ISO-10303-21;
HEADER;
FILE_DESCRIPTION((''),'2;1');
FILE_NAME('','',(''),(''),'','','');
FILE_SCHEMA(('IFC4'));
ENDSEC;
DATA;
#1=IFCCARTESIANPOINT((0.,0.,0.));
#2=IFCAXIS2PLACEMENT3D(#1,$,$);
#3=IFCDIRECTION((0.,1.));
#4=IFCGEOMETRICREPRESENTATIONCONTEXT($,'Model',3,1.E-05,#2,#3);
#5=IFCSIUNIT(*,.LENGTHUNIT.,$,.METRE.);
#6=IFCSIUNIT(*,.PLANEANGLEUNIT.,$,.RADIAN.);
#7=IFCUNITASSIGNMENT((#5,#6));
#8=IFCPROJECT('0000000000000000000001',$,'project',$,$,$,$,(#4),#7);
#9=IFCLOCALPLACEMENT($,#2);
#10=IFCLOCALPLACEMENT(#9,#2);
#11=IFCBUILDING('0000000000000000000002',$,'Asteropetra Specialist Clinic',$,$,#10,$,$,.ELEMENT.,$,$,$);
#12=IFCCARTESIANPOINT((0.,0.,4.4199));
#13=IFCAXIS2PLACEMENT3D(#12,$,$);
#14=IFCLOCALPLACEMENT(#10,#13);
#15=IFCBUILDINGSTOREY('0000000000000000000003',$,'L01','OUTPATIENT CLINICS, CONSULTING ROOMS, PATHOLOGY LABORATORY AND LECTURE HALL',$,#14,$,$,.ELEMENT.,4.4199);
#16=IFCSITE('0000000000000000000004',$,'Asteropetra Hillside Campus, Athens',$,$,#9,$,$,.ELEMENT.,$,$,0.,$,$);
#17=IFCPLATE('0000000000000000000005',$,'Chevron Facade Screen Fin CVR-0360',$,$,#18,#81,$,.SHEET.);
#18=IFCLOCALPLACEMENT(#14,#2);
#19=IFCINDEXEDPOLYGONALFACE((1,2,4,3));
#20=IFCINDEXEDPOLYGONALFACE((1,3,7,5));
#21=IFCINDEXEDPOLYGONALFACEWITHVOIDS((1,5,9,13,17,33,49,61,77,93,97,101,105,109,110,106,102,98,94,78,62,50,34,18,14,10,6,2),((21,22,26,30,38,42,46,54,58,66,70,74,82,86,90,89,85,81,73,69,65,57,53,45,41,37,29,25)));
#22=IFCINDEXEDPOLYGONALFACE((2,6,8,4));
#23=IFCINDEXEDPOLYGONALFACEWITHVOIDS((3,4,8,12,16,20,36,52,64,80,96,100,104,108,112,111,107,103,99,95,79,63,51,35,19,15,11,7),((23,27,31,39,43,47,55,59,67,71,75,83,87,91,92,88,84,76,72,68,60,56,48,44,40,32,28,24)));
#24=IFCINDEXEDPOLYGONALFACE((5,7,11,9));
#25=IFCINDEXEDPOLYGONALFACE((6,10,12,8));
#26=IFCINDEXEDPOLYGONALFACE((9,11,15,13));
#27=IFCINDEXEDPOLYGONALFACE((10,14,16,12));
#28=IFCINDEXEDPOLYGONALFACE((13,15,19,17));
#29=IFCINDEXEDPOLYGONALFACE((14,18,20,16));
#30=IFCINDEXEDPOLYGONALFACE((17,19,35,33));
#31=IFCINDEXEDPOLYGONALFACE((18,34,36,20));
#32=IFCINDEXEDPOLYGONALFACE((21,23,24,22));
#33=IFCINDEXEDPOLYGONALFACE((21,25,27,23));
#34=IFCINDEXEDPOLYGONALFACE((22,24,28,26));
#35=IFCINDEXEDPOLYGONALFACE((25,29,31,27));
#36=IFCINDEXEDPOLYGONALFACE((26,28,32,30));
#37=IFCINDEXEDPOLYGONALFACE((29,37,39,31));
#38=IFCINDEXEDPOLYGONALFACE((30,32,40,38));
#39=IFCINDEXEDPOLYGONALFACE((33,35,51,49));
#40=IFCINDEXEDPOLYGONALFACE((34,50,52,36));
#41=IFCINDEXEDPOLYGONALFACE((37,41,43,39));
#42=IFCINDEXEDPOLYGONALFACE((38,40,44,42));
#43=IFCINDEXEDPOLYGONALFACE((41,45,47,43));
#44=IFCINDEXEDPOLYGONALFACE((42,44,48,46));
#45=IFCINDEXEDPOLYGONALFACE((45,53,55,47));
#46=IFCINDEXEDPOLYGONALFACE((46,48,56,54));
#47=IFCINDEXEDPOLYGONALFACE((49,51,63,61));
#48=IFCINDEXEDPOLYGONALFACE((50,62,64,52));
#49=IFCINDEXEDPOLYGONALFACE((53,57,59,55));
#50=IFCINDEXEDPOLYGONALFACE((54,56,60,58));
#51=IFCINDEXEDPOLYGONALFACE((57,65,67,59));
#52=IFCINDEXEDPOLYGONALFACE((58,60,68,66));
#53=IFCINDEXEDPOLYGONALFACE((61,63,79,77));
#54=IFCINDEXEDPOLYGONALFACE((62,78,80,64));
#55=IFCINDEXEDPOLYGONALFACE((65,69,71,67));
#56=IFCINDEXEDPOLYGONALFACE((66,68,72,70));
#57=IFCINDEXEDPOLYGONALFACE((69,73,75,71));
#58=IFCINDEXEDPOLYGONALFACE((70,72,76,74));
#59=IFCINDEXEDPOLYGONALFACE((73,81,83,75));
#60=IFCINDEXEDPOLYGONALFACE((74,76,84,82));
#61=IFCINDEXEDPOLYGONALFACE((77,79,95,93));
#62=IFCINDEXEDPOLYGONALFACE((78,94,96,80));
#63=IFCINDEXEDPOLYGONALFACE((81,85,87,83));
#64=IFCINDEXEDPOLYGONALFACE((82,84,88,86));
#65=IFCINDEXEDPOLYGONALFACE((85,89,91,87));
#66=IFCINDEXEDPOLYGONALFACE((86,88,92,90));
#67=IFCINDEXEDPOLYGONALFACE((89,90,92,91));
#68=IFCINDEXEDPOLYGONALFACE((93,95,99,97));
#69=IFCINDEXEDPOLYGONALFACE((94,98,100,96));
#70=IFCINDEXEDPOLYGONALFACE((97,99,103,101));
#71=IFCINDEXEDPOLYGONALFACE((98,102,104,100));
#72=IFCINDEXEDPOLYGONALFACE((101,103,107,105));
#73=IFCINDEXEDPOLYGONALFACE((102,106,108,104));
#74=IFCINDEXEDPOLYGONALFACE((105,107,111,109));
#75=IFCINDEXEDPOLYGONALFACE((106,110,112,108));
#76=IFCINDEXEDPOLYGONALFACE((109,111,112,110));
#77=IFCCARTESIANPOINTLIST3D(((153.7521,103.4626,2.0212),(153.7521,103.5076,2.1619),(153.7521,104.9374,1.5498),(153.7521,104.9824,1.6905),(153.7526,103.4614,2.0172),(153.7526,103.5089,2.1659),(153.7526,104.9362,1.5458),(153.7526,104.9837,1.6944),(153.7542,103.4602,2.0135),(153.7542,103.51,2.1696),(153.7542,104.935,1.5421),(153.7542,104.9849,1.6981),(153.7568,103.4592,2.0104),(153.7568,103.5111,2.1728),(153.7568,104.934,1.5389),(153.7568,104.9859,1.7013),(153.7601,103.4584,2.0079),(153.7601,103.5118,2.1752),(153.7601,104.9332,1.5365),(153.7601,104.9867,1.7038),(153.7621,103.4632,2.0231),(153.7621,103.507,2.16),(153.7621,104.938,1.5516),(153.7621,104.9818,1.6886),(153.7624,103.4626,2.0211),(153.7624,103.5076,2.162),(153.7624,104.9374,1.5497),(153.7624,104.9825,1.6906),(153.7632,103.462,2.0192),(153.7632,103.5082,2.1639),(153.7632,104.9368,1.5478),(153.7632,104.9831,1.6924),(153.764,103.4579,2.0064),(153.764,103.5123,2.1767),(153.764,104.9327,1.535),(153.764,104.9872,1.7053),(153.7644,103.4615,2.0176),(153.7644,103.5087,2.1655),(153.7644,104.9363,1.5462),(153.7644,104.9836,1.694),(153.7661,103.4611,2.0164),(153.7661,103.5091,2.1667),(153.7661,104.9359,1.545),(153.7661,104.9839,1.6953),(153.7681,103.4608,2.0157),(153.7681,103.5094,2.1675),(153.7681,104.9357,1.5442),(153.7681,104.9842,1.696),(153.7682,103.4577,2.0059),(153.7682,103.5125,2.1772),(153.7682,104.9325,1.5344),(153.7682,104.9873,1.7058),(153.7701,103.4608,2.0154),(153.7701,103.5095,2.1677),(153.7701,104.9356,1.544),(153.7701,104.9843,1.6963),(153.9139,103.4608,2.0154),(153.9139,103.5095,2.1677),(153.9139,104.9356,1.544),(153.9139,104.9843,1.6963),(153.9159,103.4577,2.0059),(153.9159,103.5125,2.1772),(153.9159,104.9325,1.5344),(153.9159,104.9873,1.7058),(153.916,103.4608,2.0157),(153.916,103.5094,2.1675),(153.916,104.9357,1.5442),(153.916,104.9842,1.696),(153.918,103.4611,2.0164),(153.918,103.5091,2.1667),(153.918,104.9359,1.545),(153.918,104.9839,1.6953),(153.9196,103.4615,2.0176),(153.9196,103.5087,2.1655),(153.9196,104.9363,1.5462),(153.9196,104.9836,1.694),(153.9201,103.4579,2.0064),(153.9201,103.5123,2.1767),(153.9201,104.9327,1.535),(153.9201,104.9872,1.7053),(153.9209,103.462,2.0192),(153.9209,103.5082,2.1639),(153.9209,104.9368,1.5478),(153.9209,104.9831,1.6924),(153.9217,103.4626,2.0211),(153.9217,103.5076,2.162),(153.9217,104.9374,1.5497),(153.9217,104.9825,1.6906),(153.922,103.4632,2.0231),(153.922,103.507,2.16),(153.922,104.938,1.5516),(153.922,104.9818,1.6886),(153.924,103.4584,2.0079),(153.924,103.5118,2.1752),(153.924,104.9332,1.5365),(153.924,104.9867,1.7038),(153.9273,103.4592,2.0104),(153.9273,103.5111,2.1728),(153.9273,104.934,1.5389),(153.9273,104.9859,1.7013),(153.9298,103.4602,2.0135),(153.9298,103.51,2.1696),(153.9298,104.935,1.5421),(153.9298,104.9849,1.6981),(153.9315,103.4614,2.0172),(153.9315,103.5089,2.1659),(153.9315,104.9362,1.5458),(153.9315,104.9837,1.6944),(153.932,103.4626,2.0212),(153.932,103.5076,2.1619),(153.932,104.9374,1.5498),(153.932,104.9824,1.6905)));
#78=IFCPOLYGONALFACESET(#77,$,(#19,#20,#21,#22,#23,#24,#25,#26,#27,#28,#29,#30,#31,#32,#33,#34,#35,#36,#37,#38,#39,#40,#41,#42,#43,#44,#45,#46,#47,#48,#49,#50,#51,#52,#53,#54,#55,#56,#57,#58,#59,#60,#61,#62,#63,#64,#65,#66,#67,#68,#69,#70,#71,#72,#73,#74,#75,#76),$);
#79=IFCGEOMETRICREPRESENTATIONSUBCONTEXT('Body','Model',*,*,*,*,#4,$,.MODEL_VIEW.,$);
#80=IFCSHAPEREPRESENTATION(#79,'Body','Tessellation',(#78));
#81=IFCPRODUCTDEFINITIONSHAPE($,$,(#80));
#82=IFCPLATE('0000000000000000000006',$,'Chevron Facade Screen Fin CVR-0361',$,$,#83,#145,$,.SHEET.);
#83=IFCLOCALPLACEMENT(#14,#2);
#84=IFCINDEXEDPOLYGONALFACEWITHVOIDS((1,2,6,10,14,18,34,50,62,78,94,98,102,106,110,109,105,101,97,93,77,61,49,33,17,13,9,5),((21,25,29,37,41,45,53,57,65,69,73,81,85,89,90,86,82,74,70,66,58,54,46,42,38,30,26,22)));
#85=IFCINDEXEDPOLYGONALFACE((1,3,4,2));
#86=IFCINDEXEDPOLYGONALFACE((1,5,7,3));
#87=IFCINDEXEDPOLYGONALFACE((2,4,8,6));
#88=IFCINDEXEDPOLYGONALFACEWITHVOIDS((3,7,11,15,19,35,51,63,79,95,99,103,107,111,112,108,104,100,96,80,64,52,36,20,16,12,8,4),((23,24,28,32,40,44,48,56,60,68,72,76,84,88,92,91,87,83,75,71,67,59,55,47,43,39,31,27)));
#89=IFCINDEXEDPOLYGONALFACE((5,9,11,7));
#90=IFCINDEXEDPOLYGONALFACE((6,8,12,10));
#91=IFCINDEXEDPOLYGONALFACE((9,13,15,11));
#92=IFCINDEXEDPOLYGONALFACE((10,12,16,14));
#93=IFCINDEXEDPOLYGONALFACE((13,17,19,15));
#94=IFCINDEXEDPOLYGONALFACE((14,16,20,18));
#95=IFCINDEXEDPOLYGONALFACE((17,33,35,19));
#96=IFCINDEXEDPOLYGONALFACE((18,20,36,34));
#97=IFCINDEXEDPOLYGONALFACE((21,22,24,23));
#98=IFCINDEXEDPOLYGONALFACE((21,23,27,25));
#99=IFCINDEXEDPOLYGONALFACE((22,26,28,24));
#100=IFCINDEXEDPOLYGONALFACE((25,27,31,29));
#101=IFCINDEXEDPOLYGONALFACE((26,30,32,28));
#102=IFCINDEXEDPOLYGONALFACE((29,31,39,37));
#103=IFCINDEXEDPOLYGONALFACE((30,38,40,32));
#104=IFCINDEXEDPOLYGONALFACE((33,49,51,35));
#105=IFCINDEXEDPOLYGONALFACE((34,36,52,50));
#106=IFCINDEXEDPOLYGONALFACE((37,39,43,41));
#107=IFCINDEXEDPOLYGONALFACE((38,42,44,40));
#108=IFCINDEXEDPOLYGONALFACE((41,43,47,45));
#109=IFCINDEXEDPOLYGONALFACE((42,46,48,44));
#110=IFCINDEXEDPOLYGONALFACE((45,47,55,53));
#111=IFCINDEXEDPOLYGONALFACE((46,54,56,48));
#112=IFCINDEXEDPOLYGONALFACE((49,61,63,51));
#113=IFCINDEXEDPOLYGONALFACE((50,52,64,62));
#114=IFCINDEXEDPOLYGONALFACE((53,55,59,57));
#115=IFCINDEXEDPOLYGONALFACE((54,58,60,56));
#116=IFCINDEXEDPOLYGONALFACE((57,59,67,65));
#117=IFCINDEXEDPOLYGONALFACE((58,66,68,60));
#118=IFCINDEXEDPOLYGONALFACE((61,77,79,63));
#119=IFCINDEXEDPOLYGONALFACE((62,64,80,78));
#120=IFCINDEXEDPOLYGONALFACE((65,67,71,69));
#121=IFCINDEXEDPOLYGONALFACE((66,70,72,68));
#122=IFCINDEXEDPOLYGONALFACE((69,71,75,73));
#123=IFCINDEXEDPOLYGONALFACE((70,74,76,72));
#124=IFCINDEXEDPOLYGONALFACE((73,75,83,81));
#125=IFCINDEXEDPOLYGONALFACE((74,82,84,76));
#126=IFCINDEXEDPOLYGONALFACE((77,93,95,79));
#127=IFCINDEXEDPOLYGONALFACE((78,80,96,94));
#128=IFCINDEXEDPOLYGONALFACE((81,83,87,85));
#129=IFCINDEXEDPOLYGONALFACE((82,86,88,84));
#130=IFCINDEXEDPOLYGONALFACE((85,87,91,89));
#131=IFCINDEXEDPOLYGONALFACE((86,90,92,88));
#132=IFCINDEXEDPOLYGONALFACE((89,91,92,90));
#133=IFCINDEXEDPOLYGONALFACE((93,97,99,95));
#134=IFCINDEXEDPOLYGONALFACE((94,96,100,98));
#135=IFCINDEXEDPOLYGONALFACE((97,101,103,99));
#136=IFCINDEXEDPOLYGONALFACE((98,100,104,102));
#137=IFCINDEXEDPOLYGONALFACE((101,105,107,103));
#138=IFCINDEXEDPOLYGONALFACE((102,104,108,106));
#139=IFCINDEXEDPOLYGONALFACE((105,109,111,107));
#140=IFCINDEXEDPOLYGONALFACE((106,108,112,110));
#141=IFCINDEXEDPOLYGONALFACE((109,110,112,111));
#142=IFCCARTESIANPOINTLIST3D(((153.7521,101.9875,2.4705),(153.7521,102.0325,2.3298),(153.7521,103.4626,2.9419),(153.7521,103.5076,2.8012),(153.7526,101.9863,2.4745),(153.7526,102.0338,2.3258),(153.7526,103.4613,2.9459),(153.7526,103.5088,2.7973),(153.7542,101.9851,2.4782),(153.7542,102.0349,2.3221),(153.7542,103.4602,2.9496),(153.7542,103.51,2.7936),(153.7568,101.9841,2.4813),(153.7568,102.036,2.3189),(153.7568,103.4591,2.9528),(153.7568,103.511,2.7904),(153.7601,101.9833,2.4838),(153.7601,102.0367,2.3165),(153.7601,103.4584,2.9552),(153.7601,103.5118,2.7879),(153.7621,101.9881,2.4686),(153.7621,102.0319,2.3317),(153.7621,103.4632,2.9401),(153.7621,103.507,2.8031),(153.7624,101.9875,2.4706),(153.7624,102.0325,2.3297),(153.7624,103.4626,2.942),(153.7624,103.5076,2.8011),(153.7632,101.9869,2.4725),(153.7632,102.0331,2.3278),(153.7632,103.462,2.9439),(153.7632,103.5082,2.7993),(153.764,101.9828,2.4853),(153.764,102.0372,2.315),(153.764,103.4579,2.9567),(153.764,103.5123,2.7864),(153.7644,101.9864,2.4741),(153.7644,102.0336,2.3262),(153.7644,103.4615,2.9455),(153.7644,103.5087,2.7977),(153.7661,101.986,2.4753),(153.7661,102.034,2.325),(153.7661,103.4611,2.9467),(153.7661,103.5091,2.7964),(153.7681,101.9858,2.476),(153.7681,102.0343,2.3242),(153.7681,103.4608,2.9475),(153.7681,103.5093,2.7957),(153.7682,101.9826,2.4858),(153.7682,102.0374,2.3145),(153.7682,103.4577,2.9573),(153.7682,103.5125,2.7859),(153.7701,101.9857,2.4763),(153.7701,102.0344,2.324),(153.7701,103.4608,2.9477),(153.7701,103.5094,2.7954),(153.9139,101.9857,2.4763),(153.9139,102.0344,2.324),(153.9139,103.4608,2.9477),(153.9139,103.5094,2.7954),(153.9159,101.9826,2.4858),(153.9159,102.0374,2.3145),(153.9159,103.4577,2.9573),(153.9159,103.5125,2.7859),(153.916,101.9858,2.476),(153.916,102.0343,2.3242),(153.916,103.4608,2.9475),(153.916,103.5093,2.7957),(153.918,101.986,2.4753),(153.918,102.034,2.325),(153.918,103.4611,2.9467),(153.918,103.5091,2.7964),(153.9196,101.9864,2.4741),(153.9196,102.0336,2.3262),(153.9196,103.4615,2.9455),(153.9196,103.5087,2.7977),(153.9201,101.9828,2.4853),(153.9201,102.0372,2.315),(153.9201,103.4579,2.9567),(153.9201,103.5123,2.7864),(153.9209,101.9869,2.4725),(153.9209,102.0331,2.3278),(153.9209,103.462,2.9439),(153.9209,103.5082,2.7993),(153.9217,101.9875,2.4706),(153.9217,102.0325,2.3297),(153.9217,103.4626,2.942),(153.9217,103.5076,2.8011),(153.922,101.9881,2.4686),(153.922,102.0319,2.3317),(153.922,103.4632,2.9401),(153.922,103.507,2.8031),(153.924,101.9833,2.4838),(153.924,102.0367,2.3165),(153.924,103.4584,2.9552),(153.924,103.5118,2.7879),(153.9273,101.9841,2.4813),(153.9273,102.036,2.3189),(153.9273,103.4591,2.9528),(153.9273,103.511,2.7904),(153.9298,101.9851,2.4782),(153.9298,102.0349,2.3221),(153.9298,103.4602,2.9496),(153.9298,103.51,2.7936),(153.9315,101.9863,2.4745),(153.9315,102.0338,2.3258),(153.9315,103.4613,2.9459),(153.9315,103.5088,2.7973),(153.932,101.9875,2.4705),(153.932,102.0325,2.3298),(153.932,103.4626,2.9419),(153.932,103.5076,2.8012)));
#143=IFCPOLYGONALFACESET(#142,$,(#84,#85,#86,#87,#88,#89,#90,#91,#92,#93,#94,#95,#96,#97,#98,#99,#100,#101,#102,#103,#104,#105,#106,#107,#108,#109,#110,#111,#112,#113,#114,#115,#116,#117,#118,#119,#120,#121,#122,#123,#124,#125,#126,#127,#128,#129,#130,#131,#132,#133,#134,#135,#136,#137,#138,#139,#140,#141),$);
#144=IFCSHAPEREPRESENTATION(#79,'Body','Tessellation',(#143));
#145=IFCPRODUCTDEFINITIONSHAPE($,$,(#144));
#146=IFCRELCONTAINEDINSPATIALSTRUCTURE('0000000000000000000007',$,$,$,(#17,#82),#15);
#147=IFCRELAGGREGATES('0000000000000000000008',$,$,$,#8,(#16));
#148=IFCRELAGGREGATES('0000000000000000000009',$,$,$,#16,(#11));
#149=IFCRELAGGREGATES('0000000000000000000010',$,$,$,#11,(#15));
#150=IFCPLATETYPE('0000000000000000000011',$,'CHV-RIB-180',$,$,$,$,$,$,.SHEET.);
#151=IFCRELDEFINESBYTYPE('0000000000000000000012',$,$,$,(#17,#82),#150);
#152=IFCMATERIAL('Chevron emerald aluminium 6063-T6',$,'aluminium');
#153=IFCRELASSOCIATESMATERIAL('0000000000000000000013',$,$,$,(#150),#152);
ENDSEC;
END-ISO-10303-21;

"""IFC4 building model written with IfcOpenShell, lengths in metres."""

from ifc_helpers import new_model, si_unit, direction, frame, origin, origin_2d, place, context, subcontext, project, spatial, hollow_rectangle, extrude, material, material_profile, profile_set, type_object, element, save


model = new_model("IFC4")

# Units and contexts
model_context = context("Model", 3, precision=1e-05, world=origin(), true_north=direction((0.0, 1.0)))
body_context = subcontext(model_context, "Body", "Model", "MODEL_VIEW")
ifc_project = project(units=[si_unit("LENGTHUNIT", "METRE"), si_unit("PLANEANGLEUNIT", "RADIAN")], contexts=[model_context])

# Site, building, storey
site_placement = place(None, origin())
site = spatial("IfcSite", under=ifc_project, at=site_placement, Name="Asteropetra Hillside Campus, Athens", CompositionType="ELEMENT", RefElevation=0.0)
building_placement = place(site_placement, origin())
building = spatial("IfcBuilding", under=site, at=building_placement, Name="Asteropetra Specialist Clinic", CompositionType="ELEMENT")
storey_placement = place(building_placement, frame((0.0, 0.0, 4.4199)))
storey = spatial("IfcBuildingStorey", under=building, at=storey_placement, Name="L01", Description="OUTPATIENT CLINICS, CONSULTING ROOMS, PATHOLOGY LABORATORY AND LECTURE HALL", CompositionType="ELEMENT", Elevation=4.4199)

# Plates
ifc_material_1 = material(Name="Chevron emerald aluminium 6063-T6", Category="aluminium")
ifc_material_profile_1 = material_profile(ifc_material_1, hollow_rectangle(XDim=0.1799, YDim=0.1799, WallThickness=0.01, InnerFilletRadius=0.0081, OuterFilletRadius=0.0161, at=origin_2d()), Name="SHS 180x180x10.0")
ifc_profile_set_1 = profile_set([ifc_material_profile_1], Name="Chevron emerald aluminium 6063-T6")
plate_type = type_object("IfcPlateType", Name="CHV-RIB-180", PredefinedType="SHEET", material=ifc_profile_set_1)
plate_1_placement = place(storey_placement, frame((153.842, 103.4851, 2.0916), z_axis=(0.0, 0.952521, -0.304472), x_axis=(-1.0, 0.0, 0.0)))
element("IfcPlate", 1, at=plate_1_placement, inside=storey, type_object=plate_type, Name="Chevron Facade Screen Fin CVR-0360", PredefinedType="SHEET", context=body_context, shape_type="SweptSolid", body=[
    extrude(hollow_rectangle(XDim=0.1799, YDim=0.1799, WallThickness=0.01, InnerFilletRadius=0.0081, OuterFilletRadius=0.0161, at=origin_2d()), origin(), (0.0, 0.0, 1.0), 1.5483),
])
plate_2_placement = place(storey_placement, frame((153.842, 102.01, 2.4001), z_axis=(0.0, 0.952536, 0.304427), x_axis=(-1.0, 0.0, 0.0)))
element("IfcPlate", 2, at=plate_2_placement, inside=storey, type_object=plate_type, Name="Chevron Facade Screen Fin CVR-0361", PredefinedType="SHEET", context=body_context, shape_type="SweptSolid", body=[
    extrude(hollow_rectangle(XDim=0.1799, YDim=0.1799, WallThickness=0.01, InnerFilletRadius=0.0081, OuterFilletRadius=0.0161, at=origin_2d()), origin(), (0.0, 0.0, 1.0), 1.5486),
])

save(model, "model.ifc")
